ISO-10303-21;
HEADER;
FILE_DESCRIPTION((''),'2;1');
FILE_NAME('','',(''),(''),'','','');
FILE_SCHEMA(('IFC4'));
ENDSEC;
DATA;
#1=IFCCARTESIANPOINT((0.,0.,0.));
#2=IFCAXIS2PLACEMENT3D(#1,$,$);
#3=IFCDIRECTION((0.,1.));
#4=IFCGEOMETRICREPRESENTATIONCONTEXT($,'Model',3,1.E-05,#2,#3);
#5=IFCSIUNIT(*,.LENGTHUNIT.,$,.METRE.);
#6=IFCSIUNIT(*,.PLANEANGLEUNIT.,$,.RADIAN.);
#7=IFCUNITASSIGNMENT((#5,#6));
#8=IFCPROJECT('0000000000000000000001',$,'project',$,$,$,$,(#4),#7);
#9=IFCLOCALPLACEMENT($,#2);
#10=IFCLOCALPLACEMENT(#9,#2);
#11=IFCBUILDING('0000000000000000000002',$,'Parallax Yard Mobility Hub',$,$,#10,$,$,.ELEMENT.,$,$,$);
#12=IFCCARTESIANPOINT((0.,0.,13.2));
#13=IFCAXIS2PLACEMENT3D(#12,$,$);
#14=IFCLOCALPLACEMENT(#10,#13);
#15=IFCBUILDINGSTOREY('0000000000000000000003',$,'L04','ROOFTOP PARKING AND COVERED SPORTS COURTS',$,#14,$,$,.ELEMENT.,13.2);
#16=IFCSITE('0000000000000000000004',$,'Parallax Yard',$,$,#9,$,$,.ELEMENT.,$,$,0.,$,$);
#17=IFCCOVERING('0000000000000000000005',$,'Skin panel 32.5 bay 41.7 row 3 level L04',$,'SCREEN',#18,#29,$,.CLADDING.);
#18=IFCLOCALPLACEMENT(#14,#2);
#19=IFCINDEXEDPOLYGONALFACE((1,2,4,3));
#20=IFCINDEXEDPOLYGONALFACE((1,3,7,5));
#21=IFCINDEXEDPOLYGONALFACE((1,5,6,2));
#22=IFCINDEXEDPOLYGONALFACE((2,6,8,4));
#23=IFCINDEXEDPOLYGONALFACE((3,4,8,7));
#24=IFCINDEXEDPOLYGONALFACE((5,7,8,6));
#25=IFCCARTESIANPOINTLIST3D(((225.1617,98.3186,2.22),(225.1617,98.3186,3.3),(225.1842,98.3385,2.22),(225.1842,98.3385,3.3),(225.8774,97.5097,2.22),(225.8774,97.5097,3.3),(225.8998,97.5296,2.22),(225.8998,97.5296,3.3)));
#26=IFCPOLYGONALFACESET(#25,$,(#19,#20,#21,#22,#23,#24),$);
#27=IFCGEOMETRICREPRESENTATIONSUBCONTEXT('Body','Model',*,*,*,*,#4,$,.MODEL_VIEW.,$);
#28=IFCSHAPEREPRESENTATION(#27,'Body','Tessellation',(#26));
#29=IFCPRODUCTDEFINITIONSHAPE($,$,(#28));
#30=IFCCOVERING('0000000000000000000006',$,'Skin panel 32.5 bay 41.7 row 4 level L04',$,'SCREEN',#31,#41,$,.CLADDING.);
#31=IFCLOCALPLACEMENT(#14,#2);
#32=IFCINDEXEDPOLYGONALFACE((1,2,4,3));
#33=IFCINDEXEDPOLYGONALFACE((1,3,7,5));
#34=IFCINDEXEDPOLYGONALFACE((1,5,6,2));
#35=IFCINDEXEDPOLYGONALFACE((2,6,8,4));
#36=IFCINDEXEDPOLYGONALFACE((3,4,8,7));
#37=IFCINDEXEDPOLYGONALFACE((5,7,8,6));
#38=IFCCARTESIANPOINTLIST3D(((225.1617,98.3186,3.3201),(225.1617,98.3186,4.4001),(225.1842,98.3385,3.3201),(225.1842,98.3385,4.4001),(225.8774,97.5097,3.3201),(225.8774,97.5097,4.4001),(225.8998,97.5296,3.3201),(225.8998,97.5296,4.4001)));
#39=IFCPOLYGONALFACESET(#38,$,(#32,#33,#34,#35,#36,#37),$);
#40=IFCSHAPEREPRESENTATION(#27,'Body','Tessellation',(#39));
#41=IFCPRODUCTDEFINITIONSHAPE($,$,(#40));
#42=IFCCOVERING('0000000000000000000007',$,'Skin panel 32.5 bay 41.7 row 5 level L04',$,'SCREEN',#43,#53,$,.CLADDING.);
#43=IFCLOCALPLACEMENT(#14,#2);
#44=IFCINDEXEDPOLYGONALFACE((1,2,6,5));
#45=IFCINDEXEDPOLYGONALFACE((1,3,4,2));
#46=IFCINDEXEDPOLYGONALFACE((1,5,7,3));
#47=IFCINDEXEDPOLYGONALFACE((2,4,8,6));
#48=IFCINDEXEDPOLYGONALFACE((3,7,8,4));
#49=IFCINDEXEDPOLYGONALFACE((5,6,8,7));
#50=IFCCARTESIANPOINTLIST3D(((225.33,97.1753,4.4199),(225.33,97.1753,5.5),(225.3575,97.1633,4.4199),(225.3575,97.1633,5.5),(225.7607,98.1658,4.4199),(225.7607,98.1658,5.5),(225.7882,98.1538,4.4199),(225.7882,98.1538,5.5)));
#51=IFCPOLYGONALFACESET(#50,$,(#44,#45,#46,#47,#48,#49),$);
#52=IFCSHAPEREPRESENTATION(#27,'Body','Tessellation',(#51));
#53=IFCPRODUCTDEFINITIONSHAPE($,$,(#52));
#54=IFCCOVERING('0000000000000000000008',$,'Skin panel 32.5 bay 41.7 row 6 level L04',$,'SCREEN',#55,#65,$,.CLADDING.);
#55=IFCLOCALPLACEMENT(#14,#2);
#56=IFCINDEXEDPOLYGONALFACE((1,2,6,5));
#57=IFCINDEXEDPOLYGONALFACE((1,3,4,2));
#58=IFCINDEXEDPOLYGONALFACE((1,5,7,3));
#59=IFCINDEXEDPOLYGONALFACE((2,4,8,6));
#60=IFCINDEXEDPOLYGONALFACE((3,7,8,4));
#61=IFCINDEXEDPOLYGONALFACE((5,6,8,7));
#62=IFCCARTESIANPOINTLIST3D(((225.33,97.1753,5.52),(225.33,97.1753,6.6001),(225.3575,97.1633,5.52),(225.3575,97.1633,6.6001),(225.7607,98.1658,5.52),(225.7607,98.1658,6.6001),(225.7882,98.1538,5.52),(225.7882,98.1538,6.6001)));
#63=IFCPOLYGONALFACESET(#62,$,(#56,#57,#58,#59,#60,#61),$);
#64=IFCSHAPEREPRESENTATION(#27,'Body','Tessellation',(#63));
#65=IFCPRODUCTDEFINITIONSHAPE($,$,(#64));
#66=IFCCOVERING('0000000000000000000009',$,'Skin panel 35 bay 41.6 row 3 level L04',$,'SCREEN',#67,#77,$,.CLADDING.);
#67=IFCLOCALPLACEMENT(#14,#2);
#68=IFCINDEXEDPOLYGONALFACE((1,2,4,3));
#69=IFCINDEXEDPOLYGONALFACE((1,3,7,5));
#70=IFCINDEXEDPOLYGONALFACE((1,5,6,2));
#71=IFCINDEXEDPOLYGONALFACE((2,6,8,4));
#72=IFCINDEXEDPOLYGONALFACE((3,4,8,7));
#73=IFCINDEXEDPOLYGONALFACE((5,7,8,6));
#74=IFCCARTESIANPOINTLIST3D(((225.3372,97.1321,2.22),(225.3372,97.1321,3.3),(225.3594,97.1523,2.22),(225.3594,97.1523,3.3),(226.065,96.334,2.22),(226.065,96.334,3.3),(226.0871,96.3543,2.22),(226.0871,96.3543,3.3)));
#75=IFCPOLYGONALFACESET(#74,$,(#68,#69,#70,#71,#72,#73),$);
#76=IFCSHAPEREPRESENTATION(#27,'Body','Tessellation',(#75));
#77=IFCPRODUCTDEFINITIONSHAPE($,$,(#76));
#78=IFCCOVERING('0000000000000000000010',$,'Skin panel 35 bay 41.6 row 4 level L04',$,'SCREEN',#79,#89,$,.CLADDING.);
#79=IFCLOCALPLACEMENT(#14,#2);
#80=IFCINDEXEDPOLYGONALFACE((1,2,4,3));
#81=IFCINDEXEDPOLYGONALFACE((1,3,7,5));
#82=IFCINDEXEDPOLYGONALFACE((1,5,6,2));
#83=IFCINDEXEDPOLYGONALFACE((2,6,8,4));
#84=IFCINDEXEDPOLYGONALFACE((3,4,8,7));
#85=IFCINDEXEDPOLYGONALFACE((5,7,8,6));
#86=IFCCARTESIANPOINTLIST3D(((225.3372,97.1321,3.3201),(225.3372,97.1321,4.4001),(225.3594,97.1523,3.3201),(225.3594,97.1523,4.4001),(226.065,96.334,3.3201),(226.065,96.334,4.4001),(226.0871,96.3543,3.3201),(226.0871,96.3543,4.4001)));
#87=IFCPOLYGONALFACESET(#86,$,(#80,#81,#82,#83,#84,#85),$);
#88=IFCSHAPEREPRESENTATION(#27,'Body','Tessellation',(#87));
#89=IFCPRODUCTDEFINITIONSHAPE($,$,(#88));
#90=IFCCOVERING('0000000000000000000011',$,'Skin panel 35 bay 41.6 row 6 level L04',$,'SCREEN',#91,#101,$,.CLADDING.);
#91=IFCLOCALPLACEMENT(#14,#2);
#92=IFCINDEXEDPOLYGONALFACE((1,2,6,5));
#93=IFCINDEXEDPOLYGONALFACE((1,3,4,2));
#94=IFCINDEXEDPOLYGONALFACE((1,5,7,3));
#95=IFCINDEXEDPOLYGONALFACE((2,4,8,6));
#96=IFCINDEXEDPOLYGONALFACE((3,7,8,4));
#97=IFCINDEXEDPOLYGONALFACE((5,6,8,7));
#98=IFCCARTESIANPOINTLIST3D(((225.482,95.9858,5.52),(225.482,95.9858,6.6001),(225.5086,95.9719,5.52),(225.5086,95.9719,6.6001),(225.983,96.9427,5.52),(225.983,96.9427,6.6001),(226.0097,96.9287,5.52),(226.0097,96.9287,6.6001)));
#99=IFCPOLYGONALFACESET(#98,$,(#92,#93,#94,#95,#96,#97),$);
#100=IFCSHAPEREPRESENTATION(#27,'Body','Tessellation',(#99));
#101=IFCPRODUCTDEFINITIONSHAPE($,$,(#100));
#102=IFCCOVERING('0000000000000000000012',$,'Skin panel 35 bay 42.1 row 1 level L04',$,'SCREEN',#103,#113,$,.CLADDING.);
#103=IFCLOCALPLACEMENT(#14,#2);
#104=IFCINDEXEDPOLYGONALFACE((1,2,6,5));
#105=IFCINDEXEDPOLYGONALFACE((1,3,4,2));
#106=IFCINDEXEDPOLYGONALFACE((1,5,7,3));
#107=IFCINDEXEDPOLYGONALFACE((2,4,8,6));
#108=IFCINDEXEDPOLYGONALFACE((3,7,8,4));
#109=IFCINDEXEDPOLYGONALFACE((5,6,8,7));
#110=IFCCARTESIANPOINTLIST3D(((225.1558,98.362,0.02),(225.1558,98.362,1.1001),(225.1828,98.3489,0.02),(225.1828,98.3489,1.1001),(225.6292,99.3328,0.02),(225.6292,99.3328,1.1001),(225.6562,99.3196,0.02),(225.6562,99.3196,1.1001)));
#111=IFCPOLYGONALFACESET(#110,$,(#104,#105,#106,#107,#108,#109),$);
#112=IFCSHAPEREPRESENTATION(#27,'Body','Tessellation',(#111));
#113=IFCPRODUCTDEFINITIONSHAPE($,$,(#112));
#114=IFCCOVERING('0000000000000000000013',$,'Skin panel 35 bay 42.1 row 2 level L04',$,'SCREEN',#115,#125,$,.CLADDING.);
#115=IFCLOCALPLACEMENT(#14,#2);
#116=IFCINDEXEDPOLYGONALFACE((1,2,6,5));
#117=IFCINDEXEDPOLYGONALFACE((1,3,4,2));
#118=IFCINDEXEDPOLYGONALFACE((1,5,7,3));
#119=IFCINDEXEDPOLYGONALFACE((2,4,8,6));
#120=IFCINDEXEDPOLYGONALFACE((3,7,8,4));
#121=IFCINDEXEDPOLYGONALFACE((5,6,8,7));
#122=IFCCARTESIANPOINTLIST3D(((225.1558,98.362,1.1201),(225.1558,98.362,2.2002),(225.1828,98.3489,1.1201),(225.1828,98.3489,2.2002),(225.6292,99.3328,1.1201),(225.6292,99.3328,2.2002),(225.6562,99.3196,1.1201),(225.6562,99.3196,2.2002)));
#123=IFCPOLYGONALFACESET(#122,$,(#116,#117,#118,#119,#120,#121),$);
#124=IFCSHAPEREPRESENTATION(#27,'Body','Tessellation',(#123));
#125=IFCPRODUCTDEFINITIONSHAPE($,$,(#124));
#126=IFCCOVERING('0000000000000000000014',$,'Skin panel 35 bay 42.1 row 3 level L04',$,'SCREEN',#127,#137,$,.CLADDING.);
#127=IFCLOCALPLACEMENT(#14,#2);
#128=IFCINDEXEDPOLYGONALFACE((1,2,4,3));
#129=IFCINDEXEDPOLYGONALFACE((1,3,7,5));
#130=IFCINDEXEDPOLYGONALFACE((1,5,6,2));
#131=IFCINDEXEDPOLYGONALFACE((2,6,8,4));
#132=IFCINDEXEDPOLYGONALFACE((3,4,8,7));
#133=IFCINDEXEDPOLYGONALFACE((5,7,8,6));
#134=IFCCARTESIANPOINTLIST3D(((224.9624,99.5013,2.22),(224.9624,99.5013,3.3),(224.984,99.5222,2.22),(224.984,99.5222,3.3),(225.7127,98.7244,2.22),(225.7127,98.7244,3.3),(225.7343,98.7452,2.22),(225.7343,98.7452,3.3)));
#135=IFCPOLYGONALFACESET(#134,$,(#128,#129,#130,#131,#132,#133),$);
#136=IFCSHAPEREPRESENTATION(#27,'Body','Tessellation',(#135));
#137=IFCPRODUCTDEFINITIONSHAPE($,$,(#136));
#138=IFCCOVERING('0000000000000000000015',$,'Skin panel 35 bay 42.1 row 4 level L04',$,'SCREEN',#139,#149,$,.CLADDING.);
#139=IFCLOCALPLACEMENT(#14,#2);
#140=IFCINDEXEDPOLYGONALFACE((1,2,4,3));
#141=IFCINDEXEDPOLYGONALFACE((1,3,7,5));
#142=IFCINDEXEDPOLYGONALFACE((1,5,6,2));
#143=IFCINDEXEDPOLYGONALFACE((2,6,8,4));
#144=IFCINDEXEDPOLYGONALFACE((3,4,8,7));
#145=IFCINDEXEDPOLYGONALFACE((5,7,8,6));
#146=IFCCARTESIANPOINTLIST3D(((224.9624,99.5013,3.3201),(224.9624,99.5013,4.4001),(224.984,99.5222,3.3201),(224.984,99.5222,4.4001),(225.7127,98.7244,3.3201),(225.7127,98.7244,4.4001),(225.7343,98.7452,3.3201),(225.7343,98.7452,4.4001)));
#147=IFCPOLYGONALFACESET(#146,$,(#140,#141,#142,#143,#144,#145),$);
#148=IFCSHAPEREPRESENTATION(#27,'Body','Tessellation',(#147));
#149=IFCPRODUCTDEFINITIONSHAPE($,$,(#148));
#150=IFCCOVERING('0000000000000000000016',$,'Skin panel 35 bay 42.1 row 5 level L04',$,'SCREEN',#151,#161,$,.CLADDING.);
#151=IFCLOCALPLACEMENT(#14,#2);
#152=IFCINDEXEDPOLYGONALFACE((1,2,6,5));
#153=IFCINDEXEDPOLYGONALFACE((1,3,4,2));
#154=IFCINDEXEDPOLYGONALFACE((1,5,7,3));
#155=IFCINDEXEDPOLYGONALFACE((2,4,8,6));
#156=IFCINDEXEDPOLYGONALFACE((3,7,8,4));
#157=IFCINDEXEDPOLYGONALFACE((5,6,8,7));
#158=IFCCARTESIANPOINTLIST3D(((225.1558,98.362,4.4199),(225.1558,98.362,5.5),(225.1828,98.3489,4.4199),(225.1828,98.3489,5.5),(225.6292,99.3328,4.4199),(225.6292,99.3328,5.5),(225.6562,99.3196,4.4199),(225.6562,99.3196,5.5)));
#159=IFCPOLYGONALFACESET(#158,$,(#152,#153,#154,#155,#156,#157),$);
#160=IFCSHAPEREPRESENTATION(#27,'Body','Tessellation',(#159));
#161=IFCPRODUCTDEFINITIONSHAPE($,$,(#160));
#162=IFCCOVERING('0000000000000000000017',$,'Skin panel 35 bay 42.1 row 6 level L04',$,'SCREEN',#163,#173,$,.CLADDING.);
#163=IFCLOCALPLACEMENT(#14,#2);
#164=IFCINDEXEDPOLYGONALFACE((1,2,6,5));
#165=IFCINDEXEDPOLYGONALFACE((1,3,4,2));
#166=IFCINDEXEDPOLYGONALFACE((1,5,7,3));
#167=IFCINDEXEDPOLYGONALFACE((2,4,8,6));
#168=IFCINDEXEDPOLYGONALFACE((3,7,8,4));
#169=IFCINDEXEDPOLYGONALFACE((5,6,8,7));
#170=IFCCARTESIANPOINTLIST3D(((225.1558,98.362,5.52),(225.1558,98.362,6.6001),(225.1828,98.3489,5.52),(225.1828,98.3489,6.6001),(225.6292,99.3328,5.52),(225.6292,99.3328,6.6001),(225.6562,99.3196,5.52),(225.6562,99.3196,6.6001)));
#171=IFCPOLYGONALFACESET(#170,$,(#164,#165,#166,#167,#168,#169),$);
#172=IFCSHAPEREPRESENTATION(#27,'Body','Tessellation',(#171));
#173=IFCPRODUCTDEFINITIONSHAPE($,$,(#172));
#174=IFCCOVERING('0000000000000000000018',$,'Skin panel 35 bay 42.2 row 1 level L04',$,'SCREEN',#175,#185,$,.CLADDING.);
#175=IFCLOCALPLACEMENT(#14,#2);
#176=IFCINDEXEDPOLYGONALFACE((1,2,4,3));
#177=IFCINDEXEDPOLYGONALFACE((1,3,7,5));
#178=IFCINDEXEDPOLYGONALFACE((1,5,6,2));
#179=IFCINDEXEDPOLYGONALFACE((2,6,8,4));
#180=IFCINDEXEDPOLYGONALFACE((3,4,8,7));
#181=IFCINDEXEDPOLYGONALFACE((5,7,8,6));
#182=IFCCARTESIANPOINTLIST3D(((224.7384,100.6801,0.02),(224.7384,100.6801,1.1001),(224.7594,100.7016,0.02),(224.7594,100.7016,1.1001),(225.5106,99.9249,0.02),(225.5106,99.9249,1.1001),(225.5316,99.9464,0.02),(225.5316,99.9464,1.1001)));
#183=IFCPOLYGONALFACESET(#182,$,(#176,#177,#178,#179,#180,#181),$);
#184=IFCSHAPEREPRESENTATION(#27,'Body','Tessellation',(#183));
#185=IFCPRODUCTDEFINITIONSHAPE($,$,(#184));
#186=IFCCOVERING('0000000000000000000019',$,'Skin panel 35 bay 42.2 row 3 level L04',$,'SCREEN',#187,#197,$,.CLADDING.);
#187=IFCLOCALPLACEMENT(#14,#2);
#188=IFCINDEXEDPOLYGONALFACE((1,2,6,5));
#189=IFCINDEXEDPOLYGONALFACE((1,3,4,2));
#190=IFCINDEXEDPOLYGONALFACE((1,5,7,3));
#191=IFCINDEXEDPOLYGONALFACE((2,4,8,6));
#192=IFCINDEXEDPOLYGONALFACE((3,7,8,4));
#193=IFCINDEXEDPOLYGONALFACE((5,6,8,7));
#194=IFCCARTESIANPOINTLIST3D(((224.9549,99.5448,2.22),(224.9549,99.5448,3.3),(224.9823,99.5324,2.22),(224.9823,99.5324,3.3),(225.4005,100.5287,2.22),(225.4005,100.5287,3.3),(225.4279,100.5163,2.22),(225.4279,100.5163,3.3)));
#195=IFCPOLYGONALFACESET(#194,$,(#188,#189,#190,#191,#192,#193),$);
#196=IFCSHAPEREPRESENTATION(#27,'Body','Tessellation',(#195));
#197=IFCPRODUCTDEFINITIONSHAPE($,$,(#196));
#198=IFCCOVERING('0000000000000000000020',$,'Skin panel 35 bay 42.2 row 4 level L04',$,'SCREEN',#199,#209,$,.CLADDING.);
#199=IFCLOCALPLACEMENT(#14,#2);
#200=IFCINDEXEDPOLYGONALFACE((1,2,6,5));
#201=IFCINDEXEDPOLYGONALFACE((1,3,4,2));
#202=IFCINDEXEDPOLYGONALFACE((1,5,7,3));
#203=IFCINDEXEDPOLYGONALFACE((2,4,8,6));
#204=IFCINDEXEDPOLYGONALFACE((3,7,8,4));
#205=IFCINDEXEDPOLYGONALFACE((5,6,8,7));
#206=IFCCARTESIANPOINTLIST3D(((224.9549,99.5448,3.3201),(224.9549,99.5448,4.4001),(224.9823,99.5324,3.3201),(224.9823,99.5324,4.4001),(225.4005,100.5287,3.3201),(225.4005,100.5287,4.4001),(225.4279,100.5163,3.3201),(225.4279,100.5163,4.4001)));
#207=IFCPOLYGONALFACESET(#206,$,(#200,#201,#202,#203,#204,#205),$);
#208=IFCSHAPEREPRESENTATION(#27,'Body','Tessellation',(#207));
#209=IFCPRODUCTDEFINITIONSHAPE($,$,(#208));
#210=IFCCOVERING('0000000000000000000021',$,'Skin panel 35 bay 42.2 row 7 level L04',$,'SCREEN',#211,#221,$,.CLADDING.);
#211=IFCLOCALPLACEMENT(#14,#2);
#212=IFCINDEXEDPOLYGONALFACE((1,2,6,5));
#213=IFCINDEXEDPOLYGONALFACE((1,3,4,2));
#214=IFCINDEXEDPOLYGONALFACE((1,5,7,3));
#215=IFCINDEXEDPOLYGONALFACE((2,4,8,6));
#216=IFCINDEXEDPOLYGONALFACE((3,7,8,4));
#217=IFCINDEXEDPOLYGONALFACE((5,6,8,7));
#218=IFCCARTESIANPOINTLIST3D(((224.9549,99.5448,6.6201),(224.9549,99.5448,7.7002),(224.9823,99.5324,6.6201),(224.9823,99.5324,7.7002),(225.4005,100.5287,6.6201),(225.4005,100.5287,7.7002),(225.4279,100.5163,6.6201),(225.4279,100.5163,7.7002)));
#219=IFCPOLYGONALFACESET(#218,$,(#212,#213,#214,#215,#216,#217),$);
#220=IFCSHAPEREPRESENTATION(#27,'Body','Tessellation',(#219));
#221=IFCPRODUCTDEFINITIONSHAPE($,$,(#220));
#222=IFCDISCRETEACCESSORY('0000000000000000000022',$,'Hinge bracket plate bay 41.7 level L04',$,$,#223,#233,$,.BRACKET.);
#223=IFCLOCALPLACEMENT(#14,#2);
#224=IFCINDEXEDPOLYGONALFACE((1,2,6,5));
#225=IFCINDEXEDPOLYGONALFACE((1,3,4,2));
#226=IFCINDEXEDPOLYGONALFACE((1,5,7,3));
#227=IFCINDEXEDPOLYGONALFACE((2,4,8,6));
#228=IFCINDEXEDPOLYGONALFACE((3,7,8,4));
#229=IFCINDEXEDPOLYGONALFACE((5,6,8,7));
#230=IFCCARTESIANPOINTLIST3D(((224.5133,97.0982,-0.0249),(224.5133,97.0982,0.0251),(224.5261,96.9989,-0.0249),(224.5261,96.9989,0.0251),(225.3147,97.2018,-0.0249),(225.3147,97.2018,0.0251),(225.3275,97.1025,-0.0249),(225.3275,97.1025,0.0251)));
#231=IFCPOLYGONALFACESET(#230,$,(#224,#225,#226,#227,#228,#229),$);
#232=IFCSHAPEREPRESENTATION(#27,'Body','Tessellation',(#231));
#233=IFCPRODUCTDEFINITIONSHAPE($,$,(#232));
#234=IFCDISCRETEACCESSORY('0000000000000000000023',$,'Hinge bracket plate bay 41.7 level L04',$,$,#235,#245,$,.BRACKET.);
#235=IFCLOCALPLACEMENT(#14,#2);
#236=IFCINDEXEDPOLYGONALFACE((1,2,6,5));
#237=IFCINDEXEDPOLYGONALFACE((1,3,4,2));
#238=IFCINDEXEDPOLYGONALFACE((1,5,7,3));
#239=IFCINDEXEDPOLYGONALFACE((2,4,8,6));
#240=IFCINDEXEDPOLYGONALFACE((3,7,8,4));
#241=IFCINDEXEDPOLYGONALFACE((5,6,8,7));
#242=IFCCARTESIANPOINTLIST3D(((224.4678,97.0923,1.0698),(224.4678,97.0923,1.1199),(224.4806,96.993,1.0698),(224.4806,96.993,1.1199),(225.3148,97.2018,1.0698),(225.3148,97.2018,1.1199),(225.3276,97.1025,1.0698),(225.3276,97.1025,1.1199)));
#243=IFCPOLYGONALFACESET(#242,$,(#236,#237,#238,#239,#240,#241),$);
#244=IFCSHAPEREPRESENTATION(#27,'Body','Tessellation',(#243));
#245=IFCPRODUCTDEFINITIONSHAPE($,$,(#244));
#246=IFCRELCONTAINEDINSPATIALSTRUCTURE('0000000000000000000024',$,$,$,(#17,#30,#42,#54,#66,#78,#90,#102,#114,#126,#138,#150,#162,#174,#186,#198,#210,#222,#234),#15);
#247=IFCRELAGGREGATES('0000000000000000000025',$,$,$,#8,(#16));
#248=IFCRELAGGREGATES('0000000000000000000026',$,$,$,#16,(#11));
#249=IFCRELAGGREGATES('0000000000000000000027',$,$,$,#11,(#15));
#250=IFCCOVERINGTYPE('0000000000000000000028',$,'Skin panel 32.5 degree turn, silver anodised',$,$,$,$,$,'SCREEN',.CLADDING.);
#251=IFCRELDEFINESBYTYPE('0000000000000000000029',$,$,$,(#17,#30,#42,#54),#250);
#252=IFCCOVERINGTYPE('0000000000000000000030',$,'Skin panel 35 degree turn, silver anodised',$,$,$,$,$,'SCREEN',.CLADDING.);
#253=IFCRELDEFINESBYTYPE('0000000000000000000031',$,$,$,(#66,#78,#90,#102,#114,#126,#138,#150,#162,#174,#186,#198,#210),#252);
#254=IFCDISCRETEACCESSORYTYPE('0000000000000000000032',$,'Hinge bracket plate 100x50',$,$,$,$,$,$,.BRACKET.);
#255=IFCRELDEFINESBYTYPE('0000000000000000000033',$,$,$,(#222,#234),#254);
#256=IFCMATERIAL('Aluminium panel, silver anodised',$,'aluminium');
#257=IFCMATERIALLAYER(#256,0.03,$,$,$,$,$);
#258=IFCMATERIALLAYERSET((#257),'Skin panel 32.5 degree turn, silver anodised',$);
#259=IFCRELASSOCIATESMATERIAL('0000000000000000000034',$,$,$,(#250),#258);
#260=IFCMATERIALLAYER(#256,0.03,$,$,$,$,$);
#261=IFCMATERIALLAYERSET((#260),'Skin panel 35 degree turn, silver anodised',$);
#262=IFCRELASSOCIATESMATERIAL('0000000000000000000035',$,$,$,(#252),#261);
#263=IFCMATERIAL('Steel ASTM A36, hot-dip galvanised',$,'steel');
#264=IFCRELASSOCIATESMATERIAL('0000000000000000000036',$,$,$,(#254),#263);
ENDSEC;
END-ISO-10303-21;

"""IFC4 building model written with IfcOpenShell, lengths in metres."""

from ifc_helpers import new_model, si_unit, direction, frame, origin, origin_2d, place, context, subcontext, project, spatial, rectangle, extrude, material, layer, layer_set, type_object, element, save


model = new_model("IFC4")

# Units and contexts
model_context = context("Model", 3, precision=1e-05, world=origin(), true_north=direction((0.0, 1.0)))
body_context = subcontext(model_context, "Body", "Model", "MODEL_VIEW")
ifc_project = project(units=[si_unit("LENGTHUNIT", "METRE"), si_unit("PLANEANGLEUNIT", "RADIAN")], contexts=[model_context])

# Site, building, storey
site_placement = place(None, origin())
site = spatial("IfcSite", under=ifc_project, at=site_placement, Name="Parallax Yard", CompositionType="ELEMENT", RefElevation=0.0)
building_placement = place(site_placement, origin())
building = spatial("IfcBuilding", under=site, at=building_placement, Name="Parallax Yard Mobility Hub", CompositionType="ELEMENT")
storey_placement = place(building_placement, frame((0.0, 0.0, 13.2)))
storey = spatial("IfcBuildingStorey", under=building, at=storey_placement, Name="L04", Description="ROOFTOP PARKING AND COVERED SPORTS COURTS", CompositionType="ELEMENT", Elevation=13.2)

# Coverings
ifc_material_1 = material(Name="Aluminium panel, silver anodised", Category="aluminium")
ifc_layer_1 = layer(ifc_material_1, 0.03)
ifc_layer_set_1 = layer_set([ifc_layer_1], Name="Skin panel 32.5 degree turn, silver anodised")
covering_type_1 = type_object("IfcCoveringType", Name="Skin panel 32.5 degree turn, silver anodised", ElementType="SCREEN", PredefinedType="CLADDING", material=ifc_layer_set_1)
for number, where, z_axis, x_axis, name in (
    (1, (225.5308, 97.9241, 2.22), (0.0, 0.0, 1.0), (0.66262, -0.748956, 0.0), "Skin panel 32.5 bay 41.7 row 3 level L04"),
    (2, (225.5308, 97.9241, 3.3201), (0.0, 0.0, 1.0), (0.66262, -0.748956, 0.0), "Skin panel 32.5 bay 41.7 row 4 level L04"),
    (3, (225.5591, 97.6646, 4.4199), (0.0, 0.0, 1.0), (0.398749, 0.91706, 0.0), "Skin panel 32.5 bay 41.7 row 5 level L04"),
    (4, (225.5591, 97.6646, 5.52), (0.0, 0.0, 1.0), (0.398749, 0.91706, 0.0), "Skin panel 32.5 bay 41.7 row 6 level L04"),
):
    element("IfcCovering", number, at=place(storey_placement, frame(where, z_axis=z_axis, x_axis=x_axis)), inside=storey, type_object=covering_type_1, Name=name, ObjectType="SCREEN", PredefinedType="CLADDING", context=body_context, shape_type="SweptSolid", body=[
        extrude(rectangle(XDim=1.0801, YDim=0.03, at=origin_2d()), origin(), (0.0, 0.0, 1.0), 1.0801),
    ])
ifc_layer_2 = layer(ifc_material_1, 0.03)
ifc_layer_set_2 = layer_set([ifc_layer_2], Name="Skin panel 35 degree turn, silver anodised")
covering_type_2 = type_object("IfcCoveringType", Name="Skin panel 35 degree turn, silver anodised", ElementType="SCREEN", PredefinedType="CLADDING", material=ifc_layer_set_2)
for number, where, z_axis, x_axis, name in (
    (5, (225.7122, 96.7432, 2.22), (0.0, 0.0, 1.0), (0.673833, -0.738884, 0.0), "Skin panel 35 bay 41.6 row 3 level L04"),
    (6, (225.7122, 96.7432, 3.3201), (0.0, 0.0, 1.0), (0.673833, -0.738884, 0.0), "Skin panel 35 bay 41.6 row 4 level L04"),
    (7, (225.7458, 96.4573, 5.52), (0.0, 0.0, 1.0), (0.463859, 0.885909, 0.0), "Skin panel 35 bay 41.6 row 6 level L04"),
    (8, (225.406, 98.8408, 0.02), (0.0, 0.0, 1.0), (0.438371, 0.898794, 0.0), "Skin panel 35 bay 42.1 row 1 level L04"),
    (9, (225.406, 98.8408, 1.1201), (0.0, 0.0, 1.0), (0.438371, 0.898794, 0.0), "Skin panel 35 bay 42.1 row 2 level L04"),
    (10, (225.3484, 99.1233, 2.22), (0.0, 0.0, 1.0), (0.694658, -0.71934, 0.0), "Skin panel 35 bay 42.1 row 3 level L04"),
    (11, (225.3484, 99.1233, 3.3201), (0.0, 0.0, 1.0), (0.694658, -0.71934, 0.0), "Skin panel 35 bay 42.1 row 4 level L04"),
    (12, (225.406, 98.8408, 4.4199), (0.0, 0.0, 1.0), (0.438371, 0.898794, 0.0), "Skin panel 35 bay 42.1 row 5 level L04"),
    (13, (225.406, 98.8408, 5.52), (0.0, 0.0, 1.0), (0.438371, 0.898794, 0.0), "Skin panel 35 bay 42.1 row 6 level L04"),
    (14, (225.135, 100.3132, 0.02), (0.0, 0.0, 1.0), (0.714917, -0.699209, 0.0), "Skin panel 35 bay 42.2 row 1 level L04"),
    (15, (225.1914, 100.0305, 2.22), (0.0, 0.0, 1.0), (0.412526, 0.910946, 0.0), "Skin panel 35 bay 42.2 row 3 level L04"),
    (16, (225.1914, 100.0305, 3.3201), (0.0, 0.0, 1.0), (0.412526, 0.910946, 0.0), "Skin panel 35 bay 42.2 row 4 level L04"),
    (17, (225.1914, 100.0305, 6.6201), (0.0, 0.0, 1.0), (0.412526, 0.910946, 0.0), "Skin panel 35 bay 42.2 row 7 level L04"),
):
    element("IfcCovering", number, at=place(storey_placement, frame(where, z_axis=z_axis, x_axis=x_axis)), inside=storey, type_object=covering_type_2, Name=name, ObjectType="SCREEN", PredefinedType="CLADDING", context=body_context, shape_type="SweptSolid", body=[
        extrude(rectangle(XDim=1.0801, YDim=0.03, at=origin_2d()), origin(), (0.0, 0.0, 1.0), 1.0801),
    ])

# Discrete accessories
ifc_material_2 = material(Name="Steel ASTM A36, hot-dip galvanised", Category="steel")
discrete_accessory_type_1 = type_object("IfcDiscreteAccessoryType", Name="Hinge bracket plate 100x50", PredefinedType="BRACKET", material=ifc_material_2)
discrete_accessory_1_placement = place(storey_placement, frame((224.9204, 97.1003, -0.0249), z_axis=(0.0, 0.0, 1.0), x_axis=(0.991753, 0.128166, 0.0)))
element("IfcDiscreteAccessory", 18, at=discrete_accessory_1_placement, inside=storey, type_object=discrete_accessory_type_1, Name="Hinge bracket plate bay 41.7 level L04", PredefinedType="BRACKET", context=body_context, shape_type="SweptSolid", body=[
    extrude(rectangle(XDim=0.8081, YDim=0.1001, at=origin_2d()), origin(), (0.0, 0.0, 1.0), 0.05),
])
discrete_accessory_2_placement = place(storey_placement, frame((224.8977, 97.0974, 1.0698), z_axis=(0.0, 0.0, 1.0), x_axis=(0.991753, 0.128166, 0.0)))
element("IfcDiscreteAccessory", 19, at=discrete_accessory_2_placement, inside=storey, type_object=discrete_accessory_type_1, Name="Hinge bracket plate bay 41.7 level L04", PredefinedType="BRACKET", context=body_context, shape_type="SweptSolid", body=[
    extrude(rectangle(XDim=0.854, YDim=0.1001, at=origin_2d()), origin(), (0.0, 0.0, 1.0), 0.05),
])

save(model, "model.ifc")
